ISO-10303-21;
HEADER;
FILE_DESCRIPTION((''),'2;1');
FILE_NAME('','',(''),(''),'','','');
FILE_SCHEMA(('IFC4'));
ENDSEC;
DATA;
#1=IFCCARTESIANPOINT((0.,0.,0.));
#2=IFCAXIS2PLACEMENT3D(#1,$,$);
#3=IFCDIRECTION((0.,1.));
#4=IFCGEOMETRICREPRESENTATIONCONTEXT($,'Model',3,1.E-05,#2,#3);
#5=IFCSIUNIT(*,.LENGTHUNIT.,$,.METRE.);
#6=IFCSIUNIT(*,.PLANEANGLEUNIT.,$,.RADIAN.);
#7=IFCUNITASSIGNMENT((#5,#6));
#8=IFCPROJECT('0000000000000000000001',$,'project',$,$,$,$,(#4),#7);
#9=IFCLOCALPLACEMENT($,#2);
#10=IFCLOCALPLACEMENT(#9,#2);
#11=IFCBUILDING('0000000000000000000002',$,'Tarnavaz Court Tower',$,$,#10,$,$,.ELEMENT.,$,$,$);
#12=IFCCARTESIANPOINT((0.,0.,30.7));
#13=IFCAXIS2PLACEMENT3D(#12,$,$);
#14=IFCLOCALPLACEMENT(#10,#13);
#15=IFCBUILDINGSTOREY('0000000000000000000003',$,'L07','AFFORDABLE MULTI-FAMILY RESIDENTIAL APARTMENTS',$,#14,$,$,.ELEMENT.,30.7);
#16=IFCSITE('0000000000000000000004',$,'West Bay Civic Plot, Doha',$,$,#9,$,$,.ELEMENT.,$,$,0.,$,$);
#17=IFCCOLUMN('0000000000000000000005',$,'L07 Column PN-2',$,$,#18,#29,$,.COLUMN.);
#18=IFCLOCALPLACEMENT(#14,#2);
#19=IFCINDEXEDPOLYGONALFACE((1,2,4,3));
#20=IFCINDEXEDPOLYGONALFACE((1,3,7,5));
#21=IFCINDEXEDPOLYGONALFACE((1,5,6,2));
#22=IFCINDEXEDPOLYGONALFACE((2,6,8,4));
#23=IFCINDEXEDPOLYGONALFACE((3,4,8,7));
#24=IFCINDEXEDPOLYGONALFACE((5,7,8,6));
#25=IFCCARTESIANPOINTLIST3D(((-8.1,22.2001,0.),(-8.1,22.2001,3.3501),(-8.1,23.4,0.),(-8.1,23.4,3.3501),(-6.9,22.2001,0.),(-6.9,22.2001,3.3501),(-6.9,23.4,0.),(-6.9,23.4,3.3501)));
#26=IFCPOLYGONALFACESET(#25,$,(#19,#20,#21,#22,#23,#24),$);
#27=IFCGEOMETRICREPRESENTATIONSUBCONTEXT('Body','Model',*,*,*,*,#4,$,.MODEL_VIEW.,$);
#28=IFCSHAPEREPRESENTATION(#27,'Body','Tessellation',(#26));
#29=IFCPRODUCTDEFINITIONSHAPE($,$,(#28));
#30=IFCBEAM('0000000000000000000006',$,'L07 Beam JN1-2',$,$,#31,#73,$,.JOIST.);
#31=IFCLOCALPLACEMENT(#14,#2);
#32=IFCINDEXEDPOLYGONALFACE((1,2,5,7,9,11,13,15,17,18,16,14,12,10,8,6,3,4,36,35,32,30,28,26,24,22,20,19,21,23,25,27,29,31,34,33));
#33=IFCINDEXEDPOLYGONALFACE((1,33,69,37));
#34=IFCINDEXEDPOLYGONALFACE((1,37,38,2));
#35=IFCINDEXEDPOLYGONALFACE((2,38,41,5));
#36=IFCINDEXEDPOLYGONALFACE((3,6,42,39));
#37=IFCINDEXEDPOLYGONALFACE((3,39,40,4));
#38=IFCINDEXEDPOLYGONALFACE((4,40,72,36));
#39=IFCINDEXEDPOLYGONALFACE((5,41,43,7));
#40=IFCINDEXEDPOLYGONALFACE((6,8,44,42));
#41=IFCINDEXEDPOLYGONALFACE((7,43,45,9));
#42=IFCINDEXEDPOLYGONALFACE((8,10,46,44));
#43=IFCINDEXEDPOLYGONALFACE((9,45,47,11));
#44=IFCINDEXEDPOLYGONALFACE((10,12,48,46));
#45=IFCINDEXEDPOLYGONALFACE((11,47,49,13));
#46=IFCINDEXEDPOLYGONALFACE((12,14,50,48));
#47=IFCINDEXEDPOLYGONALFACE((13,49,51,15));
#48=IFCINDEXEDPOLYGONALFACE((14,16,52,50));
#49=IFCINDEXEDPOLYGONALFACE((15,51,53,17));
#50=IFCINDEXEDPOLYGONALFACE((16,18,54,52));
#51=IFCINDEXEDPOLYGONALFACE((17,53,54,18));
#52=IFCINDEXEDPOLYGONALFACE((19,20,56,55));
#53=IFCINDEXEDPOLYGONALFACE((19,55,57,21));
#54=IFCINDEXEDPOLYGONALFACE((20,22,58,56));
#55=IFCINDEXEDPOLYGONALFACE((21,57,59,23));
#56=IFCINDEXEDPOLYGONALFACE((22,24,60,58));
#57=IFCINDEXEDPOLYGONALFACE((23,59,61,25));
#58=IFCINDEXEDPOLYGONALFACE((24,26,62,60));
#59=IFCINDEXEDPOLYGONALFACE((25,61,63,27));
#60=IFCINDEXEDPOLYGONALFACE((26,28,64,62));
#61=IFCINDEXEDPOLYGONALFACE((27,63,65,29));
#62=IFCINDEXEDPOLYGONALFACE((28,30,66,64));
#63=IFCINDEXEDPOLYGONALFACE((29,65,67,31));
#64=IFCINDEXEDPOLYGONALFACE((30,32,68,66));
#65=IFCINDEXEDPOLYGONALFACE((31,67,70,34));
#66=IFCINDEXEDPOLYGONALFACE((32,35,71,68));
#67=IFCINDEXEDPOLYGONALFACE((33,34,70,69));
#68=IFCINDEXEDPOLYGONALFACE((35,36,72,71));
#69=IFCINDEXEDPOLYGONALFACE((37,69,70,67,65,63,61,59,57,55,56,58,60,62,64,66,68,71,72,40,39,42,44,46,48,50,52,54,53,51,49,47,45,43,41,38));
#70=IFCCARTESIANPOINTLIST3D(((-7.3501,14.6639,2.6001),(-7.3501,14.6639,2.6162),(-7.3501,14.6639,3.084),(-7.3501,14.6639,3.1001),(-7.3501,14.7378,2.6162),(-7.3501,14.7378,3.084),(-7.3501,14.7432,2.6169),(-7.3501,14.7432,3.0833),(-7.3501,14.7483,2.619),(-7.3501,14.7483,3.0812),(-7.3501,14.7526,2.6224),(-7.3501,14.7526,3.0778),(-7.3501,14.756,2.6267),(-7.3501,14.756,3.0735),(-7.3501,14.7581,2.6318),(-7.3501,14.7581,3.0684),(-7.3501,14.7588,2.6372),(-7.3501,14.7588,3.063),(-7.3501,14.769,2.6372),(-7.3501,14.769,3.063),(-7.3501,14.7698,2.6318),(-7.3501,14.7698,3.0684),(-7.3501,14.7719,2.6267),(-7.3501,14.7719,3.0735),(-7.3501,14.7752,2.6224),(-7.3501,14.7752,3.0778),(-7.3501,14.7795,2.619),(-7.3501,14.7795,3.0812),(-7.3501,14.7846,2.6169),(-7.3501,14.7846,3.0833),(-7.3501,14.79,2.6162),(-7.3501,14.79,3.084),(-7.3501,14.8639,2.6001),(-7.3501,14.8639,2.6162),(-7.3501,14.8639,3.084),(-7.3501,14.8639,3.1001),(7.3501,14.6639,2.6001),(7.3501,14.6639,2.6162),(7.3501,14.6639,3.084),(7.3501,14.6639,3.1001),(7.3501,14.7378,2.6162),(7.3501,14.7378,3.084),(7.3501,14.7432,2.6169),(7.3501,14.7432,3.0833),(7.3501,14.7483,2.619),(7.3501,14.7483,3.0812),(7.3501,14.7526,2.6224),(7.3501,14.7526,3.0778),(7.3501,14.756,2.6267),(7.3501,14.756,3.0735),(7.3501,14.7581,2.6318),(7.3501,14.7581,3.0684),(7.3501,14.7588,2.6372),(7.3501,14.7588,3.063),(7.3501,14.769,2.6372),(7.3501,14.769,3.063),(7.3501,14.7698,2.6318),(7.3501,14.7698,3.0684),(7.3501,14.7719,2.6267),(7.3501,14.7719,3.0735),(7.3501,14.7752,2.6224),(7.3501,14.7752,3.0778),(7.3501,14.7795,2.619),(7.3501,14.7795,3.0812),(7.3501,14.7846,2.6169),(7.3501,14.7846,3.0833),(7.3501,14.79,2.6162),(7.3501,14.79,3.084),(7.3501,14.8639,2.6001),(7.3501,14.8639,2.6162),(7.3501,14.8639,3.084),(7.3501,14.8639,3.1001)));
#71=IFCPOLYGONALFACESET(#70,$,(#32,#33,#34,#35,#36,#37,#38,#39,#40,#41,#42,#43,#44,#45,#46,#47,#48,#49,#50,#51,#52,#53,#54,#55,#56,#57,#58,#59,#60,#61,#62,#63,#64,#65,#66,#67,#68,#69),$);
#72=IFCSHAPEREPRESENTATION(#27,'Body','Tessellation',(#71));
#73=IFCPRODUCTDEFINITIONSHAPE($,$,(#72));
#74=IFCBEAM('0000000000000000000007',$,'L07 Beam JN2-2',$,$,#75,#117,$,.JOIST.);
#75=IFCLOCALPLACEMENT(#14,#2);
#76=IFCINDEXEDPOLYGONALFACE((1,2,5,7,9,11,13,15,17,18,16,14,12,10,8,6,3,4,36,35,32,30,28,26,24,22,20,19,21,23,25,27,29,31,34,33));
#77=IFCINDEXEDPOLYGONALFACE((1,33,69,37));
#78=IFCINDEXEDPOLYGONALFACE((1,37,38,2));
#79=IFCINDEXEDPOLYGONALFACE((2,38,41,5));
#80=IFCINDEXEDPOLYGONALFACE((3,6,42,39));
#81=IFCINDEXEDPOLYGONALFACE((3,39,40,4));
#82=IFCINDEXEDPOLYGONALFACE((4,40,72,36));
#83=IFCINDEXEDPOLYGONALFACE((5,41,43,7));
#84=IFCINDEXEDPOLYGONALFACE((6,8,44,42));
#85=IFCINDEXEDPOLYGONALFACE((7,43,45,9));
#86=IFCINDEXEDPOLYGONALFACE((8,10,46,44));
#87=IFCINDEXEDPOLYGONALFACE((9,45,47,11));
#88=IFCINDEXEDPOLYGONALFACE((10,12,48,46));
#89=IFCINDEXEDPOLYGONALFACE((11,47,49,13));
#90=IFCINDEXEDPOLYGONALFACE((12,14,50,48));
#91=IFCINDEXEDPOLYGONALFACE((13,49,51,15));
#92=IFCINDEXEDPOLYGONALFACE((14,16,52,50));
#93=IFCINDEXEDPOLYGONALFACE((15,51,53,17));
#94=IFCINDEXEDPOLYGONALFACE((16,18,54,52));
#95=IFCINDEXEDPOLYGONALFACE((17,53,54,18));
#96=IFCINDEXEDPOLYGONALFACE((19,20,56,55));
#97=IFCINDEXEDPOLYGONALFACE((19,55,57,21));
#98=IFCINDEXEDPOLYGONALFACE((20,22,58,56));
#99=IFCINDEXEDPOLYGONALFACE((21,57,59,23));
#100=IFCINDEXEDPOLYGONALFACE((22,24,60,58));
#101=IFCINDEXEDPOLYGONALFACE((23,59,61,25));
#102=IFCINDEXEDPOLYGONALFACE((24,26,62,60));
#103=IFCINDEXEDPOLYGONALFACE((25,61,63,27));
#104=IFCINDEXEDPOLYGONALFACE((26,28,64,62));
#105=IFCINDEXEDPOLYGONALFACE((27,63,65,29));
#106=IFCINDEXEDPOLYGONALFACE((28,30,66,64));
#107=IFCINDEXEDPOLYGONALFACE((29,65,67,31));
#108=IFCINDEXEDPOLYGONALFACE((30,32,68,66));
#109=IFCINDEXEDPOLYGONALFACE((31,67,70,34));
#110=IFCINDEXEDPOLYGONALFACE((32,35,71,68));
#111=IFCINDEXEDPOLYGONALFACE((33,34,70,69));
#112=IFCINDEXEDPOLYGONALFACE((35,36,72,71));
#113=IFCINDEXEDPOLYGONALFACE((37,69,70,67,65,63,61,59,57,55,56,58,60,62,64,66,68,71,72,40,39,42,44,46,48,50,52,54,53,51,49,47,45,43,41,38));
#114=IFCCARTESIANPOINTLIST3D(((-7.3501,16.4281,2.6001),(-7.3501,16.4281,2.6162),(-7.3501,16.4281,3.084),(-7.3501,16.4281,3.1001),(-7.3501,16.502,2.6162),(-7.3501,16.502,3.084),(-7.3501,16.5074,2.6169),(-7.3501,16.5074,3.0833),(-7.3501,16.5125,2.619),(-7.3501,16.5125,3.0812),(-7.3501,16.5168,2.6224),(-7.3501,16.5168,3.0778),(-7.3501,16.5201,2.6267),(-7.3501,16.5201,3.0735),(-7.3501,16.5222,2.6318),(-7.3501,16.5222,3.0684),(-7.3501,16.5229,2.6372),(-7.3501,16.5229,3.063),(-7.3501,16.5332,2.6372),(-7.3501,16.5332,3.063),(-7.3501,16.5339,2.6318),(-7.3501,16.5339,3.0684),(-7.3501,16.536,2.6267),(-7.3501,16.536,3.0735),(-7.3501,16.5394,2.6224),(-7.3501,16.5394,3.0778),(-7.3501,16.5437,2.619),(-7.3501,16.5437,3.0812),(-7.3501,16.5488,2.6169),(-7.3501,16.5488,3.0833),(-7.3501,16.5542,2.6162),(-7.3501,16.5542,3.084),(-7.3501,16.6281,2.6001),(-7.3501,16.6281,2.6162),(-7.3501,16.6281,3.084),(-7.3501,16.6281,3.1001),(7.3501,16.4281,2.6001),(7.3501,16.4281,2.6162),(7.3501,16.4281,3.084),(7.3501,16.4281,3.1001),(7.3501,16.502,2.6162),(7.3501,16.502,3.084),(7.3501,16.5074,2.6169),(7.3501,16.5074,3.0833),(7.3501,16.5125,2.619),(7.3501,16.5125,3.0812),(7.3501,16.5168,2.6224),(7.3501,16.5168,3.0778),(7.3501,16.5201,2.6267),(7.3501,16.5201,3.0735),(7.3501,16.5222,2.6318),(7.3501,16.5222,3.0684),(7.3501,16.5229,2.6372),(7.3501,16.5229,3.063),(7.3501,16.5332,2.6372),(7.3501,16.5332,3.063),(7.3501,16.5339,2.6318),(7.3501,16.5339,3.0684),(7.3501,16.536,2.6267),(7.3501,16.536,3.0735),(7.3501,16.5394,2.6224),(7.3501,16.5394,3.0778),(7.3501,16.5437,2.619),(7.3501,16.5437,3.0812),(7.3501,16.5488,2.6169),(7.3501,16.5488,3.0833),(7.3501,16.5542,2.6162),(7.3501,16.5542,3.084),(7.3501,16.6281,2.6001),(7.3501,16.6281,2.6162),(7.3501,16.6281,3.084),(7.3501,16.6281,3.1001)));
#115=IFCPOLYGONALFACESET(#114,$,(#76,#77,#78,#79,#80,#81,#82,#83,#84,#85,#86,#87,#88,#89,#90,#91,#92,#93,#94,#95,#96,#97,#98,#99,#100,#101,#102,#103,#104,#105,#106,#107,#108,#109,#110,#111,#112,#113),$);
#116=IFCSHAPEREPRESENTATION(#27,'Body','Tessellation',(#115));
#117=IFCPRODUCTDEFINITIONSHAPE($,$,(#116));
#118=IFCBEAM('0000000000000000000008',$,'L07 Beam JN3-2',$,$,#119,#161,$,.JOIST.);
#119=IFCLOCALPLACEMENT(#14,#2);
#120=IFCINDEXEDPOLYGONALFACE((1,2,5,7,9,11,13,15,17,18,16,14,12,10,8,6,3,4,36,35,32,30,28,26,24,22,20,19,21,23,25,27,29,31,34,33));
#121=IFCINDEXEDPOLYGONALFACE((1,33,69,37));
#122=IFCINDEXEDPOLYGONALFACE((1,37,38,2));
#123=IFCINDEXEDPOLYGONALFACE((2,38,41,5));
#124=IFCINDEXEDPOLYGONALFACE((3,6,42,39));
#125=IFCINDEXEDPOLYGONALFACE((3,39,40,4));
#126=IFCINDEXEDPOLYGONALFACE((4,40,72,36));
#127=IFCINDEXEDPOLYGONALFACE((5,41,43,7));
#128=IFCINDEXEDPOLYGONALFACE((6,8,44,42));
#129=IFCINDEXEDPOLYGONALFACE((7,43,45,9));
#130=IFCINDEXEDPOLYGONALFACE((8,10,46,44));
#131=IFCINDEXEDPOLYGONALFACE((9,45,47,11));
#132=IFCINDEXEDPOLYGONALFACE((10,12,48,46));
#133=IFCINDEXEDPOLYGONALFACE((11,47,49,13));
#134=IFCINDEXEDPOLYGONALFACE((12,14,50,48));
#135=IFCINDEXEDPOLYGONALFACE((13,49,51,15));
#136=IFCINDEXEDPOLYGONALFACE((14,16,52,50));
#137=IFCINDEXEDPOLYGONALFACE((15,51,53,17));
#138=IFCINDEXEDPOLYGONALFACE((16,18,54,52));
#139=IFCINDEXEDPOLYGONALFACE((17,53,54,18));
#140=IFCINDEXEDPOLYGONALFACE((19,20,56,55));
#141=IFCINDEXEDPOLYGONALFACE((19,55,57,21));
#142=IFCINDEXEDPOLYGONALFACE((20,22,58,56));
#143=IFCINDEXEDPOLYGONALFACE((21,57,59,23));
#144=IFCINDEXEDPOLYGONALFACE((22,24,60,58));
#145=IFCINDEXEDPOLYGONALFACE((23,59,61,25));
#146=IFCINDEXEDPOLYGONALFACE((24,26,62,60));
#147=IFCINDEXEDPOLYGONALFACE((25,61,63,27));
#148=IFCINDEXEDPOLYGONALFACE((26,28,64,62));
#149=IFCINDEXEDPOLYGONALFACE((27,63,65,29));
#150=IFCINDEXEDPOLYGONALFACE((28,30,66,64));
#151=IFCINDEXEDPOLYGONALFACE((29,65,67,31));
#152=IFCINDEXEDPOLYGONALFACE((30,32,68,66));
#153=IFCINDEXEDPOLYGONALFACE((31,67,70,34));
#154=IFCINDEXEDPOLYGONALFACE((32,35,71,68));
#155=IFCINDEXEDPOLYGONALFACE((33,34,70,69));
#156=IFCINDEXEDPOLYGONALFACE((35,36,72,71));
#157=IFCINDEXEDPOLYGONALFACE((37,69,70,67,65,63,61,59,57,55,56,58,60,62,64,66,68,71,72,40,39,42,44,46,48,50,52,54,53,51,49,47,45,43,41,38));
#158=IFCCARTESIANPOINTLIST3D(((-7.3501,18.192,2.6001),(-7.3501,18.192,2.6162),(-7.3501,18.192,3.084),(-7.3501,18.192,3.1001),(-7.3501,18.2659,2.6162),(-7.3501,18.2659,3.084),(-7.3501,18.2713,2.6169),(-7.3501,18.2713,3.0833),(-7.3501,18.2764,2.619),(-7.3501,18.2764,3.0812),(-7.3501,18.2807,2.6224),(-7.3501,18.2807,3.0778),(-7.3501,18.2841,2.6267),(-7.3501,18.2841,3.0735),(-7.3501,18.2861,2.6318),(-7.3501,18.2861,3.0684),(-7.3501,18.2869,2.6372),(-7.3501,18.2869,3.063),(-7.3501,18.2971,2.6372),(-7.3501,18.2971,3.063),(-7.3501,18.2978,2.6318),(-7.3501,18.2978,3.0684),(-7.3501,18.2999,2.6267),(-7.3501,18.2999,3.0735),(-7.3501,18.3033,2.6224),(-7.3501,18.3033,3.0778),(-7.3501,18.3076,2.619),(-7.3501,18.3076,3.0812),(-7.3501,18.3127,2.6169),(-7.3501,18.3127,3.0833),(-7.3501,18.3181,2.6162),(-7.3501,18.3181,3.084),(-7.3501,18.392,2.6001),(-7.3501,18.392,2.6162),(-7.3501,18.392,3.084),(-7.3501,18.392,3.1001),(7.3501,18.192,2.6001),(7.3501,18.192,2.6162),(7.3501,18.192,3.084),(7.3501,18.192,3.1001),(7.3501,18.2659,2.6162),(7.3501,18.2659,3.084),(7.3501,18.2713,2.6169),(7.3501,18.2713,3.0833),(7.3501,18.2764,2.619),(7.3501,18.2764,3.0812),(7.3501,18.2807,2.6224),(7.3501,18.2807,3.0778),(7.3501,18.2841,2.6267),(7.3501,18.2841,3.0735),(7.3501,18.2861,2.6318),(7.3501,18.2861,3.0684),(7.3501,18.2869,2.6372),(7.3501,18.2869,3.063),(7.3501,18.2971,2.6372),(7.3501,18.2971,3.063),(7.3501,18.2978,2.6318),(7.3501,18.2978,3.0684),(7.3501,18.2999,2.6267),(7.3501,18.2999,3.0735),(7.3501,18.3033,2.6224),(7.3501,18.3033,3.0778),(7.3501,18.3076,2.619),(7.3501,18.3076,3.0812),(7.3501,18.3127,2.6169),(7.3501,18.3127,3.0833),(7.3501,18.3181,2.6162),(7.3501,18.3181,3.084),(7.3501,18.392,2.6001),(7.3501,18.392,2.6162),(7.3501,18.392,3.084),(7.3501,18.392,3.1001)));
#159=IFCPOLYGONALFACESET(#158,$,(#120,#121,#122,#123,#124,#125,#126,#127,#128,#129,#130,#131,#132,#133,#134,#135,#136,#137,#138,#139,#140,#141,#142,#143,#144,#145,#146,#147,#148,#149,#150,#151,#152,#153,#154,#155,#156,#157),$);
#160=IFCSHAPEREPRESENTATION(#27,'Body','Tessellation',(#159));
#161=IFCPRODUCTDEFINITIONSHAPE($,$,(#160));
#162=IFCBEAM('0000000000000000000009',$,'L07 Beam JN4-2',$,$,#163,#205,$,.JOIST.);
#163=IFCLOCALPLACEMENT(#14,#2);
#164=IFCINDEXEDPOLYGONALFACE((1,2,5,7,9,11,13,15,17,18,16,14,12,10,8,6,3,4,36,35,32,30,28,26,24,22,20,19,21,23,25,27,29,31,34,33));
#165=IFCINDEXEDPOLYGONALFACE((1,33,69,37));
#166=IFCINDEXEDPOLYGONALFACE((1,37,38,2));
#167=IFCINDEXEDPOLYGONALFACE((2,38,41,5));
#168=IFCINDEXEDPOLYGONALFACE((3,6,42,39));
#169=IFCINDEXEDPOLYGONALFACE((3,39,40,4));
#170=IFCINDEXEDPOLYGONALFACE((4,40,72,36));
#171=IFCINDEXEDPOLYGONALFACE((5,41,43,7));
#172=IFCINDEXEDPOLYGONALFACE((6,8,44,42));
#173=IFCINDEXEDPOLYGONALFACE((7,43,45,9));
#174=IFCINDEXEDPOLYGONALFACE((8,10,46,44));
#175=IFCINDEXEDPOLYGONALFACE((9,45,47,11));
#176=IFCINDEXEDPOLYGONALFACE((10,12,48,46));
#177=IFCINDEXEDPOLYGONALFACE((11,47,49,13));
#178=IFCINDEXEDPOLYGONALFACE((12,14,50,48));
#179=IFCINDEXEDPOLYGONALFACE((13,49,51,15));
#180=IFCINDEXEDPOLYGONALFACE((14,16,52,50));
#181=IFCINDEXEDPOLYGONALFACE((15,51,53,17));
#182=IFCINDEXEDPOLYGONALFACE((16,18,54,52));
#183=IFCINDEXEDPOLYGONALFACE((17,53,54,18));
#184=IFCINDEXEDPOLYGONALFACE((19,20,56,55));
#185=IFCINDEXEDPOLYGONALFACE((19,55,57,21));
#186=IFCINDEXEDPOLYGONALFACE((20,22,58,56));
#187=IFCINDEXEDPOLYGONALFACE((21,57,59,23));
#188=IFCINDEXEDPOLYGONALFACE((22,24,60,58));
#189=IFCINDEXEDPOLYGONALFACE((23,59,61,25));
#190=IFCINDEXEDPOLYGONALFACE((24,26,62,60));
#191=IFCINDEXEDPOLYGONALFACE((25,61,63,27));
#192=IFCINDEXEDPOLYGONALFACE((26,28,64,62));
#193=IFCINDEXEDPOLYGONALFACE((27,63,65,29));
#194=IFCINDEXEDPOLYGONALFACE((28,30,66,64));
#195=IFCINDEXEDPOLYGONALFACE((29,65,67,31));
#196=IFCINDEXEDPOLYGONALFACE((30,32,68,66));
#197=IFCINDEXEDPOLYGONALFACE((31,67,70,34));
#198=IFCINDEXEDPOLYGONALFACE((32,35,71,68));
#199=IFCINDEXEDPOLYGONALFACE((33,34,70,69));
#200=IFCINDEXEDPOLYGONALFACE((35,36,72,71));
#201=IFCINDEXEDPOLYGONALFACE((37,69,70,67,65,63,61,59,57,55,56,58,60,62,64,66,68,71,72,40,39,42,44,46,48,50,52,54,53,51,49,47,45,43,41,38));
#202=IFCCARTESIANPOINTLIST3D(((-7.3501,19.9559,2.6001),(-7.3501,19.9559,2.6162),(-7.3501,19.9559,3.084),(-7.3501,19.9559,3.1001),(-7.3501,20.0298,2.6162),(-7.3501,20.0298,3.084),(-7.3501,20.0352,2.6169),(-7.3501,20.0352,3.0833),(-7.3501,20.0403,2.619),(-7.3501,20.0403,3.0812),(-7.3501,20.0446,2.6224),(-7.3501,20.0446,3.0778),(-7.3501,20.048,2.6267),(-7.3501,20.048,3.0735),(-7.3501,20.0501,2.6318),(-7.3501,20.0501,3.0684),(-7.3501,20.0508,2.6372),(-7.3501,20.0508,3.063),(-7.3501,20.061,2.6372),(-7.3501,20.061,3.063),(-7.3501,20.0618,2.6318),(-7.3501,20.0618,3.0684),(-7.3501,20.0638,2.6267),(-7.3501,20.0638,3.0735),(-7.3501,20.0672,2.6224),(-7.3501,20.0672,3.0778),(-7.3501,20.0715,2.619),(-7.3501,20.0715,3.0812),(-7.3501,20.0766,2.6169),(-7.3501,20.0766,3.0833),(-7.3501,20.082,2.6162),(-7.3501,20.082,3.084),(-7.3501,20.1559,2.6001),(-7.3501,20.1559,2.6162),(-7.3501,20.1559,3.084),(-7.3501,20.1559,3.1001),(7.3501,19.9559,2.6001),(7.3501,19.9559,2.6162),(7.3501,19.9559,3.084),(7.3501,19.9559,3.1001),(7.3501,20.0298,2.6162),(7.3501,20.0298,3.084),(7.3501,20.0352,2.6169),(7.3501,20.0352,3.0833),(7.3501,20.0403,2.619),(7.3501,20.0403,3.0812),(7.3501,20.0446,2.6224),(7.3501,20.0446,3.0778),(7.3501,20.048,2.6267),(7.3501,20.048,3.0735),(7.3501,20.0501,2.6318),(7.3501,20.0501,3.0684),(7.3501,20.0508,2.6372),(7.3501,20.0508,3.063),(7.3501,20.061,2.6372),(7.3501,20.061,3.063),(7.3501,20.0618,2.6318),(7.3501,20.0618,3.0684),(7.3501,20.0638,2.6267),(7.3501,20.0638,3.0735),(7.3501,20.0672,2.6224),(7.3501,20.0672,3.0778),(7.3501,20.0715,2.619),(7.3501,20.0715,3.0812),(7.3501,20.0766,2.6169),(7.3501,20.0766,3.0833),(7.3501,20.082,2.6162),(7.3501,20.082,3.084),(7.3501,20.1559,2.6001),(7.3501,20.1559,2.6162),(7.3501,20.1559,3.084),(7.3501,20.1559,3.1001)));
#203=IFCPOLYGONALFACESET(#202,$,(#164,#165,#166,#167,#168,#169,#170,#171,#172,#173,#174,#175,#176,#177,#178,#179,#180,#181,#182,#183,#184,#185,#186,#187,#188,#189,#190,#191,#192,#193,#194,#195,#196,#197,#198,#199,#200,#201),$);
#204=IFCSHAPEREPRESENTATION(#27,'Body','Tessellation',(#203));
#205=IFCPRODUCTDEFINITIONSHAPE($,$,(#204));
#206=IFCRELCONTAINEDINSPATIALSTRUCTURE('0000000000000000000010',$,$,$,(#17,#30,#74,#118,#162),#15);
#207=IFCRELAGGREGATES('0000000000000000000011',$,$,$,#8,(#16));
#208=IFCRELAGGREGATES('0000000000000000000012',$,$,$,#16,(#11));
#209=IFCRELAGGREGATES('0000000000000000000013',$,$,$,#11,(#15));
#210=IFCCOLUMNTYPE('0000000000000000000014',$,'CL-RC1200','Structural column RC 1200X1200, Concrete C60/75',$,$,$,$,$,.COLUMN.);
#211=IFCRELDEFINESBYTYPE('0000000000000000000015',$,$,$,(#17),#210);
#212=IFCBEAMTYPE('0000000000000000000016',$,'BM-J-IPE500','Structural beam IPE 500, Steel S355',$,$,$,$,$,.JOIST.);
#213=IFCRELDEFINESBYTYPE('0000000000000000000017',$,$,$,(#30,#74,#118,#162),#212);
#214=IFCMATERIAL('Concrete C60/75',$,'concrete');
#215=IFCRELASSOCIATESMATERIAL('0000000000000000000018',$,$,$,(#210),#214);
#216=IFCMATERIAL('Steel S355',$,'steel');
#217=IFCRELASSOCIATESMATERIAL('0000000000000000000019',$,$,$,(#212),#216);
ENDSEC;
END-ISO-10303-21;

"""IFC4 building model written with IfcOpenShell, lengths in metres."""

from ifc_helpers import new_model, si_unit, direction, frame, origin, origin_2d, place, context, subcontext, project, spatial, rectangle, i_section, extrude, material, material_profile, profile_set, type_object, element, save


model = new_model("IFC4")

# Units and contexts
model_context = context("Model", 3, precision=1e-05, world=origin(), true_north=direction((0.0, 1.0)))
body_context = subcontext(model_context, "Body", "Model", "MODEL_VIEW")
ifc_project = project(units=[si_unit("LENGTHUNIT", "METRE"), si_unit("PLANEANGLEUNIT", "RADIAN")], contexts=[model_context])

# Site, building, storey
site_placement = place(None, origin())
site = spatial("IfcSite", under=ifc_project, at=site_placement, Name="West Bay Civic Plot, Doha", CompositionType="ELEMENT", RefElevation=0.0)
building_placement = place(site_placement, origin())
building = spatial("IfcBuilding", under=site, at=building_placement, Name="Tarnavaz Court Tower", CompositionType="ELEMENT")
storey_placement = place(building_placement, frame((0.0, 0.0, 30.7)))
storey = spatial("IfcBuildingStorey", under=building, at=storey_placement, Name="L07", Description="AFFORDABLE MULTI-FAMILY RESIDENTIAL APARTMENTS", CompositionType="ELEMENT", Elevation=30.7)

# Column
ifc_material_1 = material(Name="Concrete C60/75", Category="concrete")
ifc_material_profile_1 = material_profile(ifc_material_1, rectangle(XDim=1.2, YDim=1.2, at=origin_2d()), Name="RC 1200X1200")
ifc_profile_set_1 = profile_set([ifc_material_profile_1], Name="Concrete C60/75")
column_type = type_object("IfcColumnType", Name="CL-RC1200", Description="Structural column RC 1200X1200, Concrete C60/75", PredefinedType="COLUMN", material=ifc_profile_set_1)
column_placement = place(storey_placement, frame((-7.5, 22.8, 0.0), z_axis=(0.0, 0.0, 1.0), x_axis=(1.0, 0.0, 0.0)))
element("IfcColumn", 1, at=column_placement, inside=storey, type_object=column_type, Name="L07 Column PN-2", PredefinedType="COLUMN", context=body_context, shape_type="SweptSolid", body=[
    extrude(rectangle(XDim=1.2, YDim=1.2, at=origin_2d()), origin(), (0.0, 0.0, 1.0), 3.3501),
])

# Beams
ifc_material_2 = material(Name="Steel S355", Category="steel")
ifc_material_profile_2 = material_profile(ifc_material_2, i_section(OverallWidth=0.2, OverallDepth=0.5, WebThickness=0.0103, FlangeThickness=0.0161, FilletRadius=0.021, at=origin_2d()), Name="IPE 500")
ifc_profile_set_2 = profile_set([ifc_material_profile_2], Name="Steel S355")
beam_type_1 = type_object("IfcBeamType", Name="BM-J-IPE500", Description="Structural beam IPE 500, Steel S355", PredefinedType="JOIST", material=ifc_profile_set_2)
for number, where, z_axis, x_axis, name in (
    (2, (-7.3501, 14.7639, 2.8501), (1.0, 0.0, 0.0), (0.0, 1.0, 0.0), "L07 Beam JN1-2"),
    (3, (-7.3501, 16.5281, 2.8501), (1.0, 0.0, 0.0), (0.0, 1.0, 0.0), "L07 Beam JN2-2"),
    (4, (-7.3501, 18.292, 2.8501), (1.0, 0.0, 0.0), (0.0, 1.0, 0.0), "L07 Beam JN3-2"),
    (5, (-7.3501, 20.0559, 2.8501), (1.0, 0.0, 0.0), (0.0, 1.0, 0.0), "L07 Beam JN4-2"),
):
    element("IfcBeam", number, at=place(storey_placement, frame(where, z_axis=z_axis, x_axis=x_axis)), inside=storey, type_object=beam_type_1, Name=name, PredefinedType="JOIST", context=body_context, shape_type="SweptSolid", body=[
        extrude(i_section(OverallWidth=0.2, OverallDepth=0.5, WebThickness=0.0103, FlangeThickness=0.0161, FilletRadius=0.021, at=origin_2d()), origin(), (0.0, 0.0, 1.0), 14.7002),
    ])

save(model, "model.ifc")
